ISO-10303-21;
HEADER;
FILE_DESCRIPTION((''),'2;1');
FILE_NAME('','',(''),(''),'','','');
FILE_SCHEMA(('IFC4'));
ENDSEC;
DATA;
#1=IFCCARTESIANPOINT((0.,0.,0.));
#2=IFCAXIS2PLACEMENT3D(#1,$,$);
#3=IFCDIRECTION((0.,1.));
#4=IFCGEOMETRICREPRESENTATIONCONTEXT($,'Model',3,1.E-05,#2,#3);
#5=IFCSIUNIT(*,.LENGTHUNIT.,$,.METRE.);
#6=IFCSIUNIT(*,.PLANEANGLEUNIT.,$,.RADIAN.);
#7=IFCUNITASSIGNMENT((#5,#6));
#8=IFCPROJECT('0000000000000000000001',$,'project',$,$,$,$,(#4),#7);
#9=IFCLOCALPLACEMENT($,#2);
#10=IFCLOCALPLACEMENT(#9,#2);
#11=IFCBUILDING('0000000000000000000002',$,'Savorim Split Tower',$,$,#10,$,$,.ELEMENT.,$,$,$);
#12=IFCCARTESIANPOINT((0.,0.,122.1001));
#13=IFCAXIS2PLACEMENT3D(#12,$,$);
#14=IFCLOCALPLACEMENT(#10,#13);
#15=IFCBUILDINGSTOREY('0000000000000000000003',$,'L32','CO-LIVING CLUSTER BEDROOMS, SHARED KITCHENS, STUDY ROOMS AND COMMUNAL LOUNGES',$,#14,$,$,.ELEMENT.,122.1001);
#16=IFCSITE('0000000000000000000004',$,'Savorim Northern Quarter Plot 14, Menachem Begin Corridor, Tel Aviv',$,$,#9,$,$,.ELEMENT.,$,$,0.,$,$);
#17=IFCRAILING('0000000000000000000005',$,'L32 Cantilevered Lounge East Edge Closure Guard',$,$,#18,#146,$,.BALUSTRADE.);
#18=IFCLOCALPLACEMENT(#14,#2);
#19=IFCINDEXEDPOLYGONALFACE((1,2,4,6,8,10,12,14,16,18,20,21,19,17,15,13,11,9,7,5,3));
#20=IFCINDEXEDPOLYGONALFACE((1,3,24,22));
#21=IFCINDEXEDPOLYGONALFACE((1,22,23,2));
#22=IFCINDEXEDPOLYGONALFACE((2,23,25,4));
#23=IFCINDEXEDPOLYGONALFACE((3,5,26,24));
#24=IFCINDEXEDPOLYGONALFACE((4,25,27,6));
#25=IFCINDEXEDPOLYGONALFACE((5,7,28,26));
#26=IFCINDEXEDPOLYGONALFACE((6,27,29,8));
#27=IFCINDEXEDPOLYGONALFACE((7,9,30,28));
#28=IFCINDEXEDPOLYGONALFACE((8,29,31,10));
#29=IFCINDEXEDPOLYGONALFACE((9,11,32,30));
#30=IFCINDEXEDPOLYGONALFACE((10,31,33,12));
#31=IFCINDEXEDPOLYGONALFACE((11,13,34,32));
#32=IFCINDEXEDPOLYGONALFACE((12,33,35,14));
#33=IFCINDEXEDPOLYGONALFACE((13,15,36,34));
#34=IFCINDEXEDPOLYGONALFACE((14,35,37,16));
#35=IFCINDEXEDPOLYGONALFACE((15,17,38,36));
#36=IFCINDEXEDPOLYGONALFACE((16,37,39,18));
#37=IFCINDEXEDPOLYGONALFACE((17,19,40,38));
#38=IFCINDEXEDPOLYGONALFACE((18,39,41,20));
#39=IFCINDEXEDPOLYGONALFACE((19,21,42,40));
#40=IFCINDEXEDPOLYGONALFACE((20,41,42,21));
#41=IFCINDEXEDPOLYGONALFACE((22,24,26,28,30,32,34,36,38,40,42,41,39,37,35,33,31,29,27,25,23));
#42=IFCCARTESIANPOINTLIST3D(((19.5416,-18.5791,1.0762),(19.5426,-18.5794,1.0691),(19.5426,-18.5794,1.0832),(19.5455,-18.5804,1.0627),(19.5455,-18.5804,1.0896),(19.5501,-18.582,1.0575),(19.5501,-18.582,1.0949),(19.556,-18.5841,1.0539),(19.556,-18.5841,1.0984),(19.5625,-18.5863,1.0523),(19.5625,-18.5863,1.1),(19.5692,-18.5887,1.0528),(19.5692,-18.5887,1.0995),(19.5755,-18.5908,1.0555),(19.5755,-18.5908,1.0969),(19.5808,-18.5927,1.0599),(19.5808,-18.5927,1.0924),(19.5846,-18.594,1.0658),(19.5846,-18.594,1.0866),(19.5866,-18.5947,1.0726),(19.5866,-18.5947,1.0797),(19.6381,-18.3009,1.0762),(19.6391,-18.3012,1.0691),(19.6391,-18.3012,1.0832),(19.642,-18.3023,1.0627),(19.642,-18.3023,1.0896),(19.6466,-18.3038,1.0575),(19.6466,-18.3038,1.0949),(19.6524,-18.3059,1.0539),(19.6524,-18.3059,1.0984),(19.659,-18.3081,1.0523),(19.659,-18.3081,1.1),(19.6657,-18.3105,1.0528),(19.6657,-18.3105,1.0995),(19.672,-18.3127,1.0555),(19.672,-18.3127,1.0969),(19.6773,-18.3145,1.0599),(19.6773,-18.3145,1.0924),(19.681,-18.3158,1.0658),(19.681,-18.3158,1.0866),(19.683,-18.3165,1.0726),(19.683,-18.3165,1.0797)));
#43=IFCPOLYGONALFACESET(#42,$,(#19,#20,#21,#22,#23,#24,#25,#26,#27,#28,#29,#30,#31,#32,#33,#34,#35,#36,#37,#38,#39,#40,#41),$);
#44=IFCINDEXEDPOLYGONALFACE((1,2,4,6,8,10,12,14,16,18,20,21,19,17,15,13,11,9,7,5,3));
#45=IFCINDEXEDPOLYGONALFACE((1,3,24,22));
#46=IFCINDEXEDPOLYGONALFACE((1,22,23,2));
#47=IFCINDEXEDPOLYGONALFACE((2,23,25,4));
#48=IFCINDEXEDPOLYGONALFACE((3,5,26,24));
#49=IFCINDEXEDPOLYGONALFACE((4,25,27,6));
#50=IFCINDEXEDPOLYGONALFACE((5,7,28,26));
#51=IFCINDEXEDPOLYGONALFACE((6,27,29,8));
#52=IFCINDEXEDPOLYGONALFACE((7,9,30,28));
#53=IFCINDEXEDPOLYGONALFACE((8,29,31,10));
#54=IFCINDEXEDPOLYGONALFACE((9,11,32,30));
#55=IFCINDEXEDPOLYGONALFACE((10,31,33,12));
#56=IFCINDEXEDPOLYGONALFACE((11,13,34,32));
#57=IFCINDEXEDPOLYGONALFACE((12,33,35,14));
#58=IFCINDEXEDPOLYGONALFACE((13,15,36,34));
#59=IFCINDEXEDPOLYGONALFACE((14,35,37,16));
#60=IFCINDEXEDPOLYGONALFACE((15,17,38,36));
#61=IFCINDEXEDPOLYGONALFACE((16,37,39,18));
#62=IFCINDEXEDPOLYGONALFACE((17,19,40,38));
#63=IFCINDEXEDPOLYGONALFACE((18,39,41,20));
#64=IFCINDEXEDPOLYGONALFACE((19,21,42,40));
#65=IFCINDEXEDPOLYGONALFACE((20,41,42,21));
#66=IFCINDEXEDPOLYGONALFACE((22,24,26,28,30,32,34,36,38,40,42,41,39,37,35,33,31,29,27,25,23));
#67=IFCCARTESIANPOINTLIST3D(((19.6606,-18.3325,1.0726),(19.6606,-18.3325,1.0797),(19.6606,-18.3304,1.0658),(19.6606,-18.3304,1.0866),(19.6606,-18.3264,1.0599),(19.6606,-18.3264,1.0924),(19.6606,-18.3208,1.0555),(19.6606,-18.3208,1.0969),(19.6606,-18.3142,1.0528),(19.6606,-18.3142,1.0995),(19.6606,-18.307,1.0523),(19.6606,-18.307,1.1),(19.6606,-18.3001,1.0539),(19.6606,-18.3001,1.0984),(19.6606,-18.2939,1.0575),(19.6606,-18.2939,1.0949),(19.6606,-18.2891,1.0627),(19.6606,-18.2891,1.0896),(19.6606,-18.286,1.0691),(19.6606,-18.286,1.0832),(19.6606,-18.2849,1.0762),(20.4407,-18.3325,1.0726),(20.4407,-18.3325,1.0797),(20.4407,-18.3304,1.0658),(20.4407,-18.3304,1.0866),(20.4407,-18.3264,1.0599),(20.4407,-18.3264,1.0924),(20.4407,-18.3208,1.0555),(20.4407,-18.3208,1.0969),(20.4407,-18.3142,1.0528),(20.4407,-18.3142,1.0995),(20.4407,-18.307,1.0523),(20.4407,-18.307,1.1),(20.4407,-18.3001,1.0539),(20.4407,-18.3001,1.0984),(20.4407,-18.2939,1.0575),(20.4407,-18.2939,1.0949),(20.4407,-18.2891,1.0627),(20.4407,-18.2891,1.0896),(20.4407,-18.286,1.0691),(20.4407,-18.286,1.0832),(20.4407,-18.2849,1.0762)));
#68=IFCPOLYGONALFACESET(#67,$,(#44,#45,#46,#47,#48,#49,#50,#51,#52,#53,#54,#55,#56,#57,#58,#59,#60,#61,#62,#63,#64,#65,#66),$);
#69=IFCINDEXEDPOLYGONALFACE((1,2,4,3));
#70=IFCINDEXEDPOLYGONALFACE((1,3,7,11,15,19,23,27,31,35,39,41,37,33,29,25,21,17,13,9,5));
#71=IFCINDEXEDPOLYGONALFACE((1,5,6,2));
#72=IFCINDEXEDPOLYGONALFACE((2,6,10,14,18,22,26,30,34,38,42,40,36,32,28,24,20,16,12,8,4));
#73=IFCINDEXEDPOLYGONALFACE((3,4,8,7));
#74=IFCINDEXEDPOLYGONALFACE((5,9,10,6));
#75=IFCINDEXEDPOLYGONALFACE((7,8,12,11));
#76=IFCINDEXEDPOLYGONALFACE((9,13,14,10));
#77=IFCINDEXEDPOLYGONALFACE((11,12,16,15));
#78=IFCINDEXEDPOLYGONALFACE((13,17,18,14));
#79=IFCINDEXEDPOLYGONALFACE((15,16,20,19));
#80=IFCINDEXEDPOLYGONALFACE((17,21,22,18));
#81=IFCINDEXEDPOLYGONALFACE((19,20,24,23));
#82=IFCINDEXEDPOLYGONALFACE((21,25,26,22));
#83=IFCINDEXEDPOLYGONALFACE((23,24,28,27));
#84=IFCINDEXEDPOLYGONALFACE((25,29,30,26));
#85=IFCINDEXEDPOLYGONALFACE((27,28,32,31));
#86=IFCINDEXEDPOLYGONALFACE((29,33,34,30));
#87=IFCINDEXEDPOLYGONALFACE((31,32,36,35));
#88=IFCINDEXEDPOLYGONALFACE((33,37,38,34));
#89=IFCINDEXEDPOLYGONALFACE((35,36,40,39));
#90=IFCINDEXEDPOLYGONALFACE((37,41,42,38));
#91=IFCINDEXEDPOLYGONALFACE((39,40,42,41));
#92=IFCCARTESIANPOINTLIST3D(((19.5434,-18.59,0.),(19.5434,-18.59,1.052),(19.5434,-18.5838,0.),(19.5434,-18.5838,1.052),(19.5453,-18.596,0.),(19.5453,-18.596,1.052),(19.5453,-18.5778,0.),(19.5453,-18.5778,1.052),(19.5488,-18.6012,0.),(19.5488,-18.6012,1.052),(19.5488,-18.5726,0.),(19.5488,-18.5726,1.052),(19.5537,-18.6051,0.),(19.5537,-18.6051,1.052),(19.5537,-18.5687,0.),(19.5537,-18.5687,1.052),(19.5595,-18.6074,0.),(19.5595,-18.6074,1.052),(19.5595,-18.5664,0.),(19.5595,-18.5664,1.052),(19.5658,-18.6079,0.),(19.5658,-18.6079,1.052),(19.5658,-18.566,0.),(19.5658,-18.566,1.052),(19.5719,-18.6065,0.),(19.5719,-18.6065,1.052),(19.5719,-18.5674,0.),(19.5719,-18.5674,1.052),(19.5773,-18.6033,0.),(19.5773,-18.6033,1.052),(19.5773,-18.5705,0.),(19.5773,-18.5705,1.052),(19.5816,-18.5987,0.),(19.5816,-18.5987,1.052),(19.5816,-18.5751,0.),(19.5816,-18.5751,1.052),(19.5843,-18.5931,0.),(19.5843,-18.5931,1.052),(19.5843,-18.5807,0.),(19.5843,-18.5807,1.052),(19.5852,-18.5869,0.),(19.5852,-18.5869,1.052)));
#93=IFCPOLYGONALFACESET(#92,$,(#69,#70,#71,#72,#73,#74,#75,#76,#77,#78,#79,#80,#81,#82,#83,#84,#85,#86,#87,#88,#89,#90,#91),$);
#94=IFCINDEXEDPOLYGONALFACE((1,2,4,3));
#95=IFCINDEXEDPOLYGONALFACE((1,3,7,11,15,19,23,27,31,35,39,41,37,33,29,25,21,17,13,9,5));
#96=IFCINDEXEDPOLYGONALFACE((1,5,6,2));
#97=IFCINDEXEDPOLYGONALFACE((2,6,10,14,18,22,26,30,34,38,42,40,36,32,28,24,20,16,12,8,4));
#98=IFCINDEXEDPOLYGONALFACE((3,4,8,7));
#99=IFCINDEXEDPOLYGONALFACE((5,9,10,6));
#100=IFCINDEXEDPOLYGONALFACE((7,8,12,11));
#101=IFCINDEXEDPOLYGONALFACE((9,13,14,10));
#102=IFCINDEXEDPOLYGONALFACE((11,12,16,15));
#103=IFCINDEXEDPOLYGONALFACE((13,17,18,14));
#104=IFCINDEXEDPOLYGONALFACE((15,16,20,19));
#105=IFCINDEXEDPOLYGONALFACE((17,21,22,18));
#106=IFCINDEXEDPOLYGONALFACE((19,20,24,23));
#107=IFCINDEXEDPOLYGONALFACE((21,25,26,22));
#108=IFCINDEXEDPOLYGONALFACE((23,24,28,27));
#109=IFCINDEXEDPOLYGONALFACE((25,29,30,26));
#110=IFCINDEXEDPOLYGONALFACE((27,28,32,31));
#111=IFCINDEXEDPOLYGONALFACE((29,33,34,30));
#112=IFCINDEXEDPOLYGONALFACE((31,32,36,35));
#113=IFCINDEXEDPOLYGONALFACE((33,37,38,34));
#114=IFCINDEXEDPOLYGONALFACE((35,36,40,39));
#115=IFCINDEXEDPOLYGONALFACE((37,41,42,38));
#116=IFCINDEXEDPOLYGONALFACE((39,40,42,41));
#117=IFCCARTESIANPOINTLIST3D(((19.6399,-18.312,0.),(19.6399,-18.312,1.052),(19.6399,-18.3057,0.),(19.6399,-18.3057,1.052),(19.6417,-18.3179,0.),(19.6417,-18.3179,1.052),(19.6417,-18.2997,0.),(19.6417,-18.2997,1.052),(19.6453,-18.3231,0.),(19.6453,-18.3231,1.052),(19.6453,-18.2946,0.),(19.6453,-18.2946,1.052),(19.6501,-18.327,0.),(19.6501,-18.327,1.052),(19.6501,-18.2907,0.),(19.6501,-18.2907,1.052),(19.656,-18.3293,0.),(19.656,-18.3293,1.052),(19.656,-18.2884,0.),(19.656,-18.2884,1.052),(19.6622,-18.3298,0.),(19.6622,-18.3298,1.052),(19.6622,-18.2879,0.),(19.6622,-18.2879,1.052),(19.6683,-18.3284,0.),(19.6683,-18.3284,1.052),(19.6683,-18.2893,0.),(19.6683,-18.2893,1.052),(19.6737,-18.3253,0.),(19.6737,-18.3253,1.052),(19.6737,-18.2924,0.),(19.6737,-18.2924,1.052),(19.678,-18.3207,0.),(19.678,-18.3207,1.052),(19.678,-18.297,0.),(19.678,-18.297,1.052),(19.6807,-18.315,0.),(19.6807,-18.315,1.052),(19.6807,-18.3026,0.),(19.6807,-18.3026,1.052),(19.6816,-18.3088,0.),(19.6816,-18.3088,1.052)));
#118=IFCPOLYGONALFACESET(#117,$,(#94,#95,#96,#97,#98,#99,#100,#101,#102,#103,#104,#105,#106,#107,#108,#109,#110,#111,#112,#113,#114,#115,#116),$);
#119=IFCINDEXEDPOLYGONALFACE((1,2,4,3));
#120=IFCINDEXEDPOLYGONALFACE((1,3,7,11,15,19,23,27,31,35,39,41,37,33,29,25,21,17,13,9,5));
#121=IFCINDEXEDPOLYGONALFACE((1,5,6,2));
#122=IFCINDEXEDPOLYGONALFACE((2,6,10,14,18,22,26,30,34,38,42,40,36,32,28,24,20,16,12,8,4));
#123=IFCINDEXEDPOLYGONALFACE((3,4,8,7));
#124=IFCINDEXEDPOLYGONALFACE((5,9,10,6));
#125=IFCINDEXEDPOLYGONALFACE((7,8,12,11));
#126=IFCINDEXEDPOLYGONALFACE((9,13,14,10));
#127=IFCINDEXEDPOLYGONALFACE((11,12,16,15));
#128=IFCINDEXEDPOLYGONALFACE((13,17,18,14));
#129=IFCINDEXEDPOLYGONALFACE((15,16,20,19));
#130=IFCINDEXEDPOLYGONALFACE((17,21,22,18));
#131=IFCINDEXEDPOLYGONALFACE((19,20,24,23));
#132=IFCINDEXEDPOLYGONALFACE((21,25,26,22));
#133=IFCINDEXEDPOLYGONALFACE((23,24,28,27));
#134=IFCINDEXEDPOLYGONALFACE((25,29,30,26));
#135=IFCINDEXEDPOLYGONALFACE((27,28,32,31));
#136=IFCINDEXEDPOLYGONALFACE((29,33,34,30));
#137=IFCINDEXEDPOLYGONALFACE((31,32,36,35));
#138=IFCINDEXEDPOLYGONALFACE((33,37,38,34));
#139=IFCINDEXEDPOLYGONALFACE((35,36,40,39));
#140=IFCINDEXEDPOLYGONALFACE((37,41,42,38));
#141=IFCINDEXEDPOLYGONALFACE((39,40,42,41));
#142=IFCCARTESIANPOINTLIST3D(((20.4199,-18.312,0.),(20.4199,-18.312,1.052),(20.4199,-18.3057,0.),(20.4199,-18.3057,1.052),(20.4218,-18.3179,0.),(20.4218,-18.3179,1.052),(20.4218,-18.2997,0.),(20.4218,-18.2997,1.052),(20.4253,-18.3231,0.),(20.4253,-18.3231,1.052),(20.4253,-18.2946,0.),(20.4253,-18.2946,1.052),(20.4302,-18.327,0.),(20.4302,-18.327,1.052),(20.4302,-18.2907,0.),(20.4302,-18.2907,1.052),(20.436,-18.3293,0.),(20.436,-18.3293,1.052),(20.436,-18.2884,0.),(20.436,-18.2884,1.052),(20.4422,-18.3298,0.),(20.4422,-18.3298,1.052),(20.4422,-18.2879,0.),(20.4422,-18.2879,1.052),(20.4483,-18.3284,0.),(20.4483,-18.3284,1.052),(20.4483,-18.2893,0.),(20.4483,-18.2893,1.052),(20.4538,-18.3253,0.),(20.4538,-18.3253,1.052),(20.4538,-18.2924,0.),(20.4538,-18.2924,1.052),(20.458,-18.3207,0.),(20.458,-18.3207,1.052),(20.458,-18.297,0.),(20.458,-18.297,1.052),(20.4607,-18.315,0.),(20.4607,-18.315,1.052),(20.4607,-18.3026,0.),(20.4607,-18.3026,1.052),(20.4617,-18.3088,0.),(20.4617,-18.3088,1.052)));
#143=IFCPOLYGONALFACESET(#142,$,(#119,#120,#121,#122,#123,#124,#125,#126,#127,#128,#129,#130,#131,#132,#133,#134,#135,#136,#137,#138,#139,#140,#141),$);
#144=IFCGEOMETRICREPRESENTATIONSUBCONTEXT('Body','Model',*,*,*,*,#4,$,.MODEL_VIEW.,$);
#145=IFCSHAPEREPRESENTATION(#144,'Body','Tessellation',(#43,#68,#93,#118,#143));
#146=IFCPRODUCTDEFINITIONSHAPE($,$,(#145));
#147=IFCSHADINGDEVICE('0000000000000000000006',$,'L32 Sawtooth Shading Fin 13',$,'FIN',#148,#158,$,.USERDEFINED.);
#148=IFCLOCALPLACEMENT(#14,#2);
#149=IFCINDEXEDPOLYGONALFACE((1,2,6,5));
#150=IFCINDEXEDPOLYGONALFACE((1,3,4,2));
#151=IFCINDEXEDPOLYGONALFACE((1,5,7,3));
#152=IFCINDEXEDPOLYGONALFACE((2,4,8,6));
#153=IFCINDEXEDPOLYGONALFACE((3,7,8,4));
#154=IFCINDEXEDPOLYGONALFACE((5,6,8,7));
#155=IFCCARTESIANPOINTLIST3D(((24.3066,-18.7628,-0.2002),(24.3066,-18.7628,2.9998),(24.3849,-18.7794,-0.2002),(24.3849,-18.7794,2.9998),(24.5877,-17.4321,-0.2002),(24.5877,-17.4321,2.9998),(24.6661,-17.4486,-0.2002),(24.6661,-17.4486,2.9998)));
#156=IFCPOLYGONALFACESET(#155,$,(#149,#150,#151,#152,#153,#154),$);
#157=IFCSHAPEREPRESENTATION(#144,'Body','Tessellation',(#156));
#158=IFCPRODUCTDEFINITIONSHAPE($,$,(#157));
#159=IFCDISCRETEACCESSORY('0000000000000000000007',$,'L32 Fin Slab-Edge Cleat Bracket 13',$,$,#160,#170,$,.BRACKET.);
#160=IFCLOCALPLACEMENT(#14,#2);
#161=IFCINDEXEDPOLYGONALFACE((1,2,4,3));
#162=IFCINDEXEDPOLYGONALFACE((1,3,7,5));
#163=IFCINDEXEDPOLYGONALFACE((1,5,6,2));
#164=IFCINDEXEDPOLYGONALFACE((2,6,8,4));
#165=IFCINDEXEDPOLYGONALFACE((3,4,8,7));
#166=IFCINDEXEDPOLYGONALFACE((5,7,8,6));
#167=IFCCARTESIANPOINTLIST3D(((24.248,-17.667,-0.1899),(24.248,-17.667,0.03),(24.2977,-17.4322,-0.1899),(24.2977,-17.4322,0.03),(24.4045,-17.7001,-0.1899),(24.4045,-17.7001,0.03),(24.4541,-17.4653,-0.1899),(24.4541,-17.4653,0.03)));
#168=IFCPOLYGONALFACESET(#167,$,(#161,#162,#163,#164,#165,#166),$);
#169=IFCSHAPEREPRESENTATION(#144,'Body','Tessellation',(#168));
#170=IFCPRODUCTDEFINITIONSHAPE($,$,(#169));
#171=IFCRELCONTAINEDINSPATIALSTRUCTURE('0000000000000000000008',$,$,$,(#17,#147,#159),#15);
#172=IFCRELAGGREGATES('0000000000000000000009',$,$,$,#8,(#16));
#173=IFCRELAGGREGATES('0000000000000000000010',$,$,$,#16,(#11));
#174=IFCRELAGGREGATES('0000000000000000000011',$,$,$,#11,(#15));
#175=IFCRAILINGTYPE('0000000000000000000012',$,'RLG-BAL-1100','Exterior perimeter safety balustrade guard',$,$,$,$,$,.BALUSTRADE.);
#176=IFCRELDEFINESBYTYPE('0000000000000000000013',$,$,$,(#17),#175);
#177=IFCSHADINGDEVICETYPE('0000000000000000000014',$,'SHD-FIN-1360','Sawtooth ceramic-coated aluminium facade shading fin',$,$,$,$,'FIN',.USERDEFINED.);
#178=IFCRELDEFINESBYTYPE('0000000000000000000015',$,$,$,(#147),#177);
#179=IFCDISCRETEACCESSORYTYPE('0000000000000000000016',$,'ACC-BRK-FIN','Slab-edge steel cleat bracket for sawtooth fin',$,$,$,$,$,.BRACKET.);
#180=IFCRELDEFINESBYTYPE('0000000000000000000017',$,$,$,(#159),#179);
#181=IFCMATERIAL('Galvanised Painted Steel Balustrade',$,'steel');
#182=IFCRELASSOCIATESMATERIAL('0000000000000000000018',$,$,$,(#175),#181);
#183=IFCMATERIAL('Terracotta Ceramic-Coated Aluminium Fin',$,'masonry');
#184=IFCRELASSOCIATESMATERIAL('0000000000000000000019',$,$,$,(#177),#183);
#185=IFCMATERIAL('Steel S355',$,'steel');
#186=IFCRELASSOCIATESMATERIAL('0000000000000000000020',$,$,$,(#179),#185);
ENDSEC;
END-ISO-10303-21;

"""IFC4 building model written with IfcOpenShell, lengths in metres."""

from ifc_helpers import new_model, si_unit, direction, frame, origin, origin_2d, place, context, subcontext, project, spatial, rectangle, circle, extrude, material, type_object, element, save


model = new_model("IFC4")

# Units and contexts
model_context = context("Model", 3, precision=1e-05, world=origin(), true_north=direction((0.0, 1.0)))
body_context = subcontext(model_context, "Body", "Model", "MODEL_VIEW")
ifc_project = project(units=[si_unit("LENGTHUNIT", "METRE"), si_unit("PLANEANGLEUNIT", "RADIAN")], contexts=[model_context])

# Site, building, storey
site_placement = place(None, origin())
site = spatial("IfcSite", under=ifc_project, at=site_placement, Name="Savorim Northern Quarter Plot 14, Menachem Begin Corridor, Tel Aviv", CompositionType="ELEMENT", RefElevation=0.0)
building_placement = place(site_placement, origin())
building = spatial("IfcBuilding", under=site, at=building_placement, Name="Savorim Split Tower", CompositionType="ELEMENT")
storey_placement = place(building_placement, frame((0.0, 0.0, 122.1001)))
storey = spatial("IfcBuildingStorey", under=building, at=storey_placement, Name="L32", Description="CO-LIVING CLUSTER BEDROOMS, SHARED KITCHENS, STUDY ROOMS AND COMMUNAL LOUNGES", CompositionType="ELEMENT", Elevation=122.1001)

# Railing
ifc_material_1 = material(Name="Galvanised Painted Steel Balustrade", Category="steel")
railing_type = type_object("IfcRailingType", Name="RLG-BAL-1100", Description="Exterior perimeter safety balustrade guard", PredefinedType="BALUSTRADE", material=ifc_material_1)
railing_placement = place(storey_placement, frame((19.5642, -18.5869, 0.0)))
element("IfcRailing", 1, at=railing_placement, inside=storey, type_object=railing_type, Name="L32 Cantilevered Lounge East Edge Closure Guard", PredefinedType="BALUSTRADE", context=body_context, shape_type="SweptSolid", body=[
    extrude(circle(Radius=0.0239, at=origin_2d()), frame((0.0, 0.0, 1.0762), z_axis=(0.327652, 0.944799, 0.0), x_axis=(-0.944799, 0.327652, 0.0)), (0.0, 0.0, 1.0), 0.2944),
    extrude(circle(Radius=0.0239, at=origin_2d()), frame((0.0964, 0.2781, 1.0762), z_axis=(1.0, 0.0, 0.0), x_axis=(0.0, 1.0, 0.0)), (0.0, 0.0, 1.0), 0.78),
    extrude(circle(Radius=0.021, at=origin_2d()), origin(), (0.0, 0.0, 1.0), 1.052),
    extrude(circle(Radius=0.021, at=origin_2d()), frame((0.0964, 0.2781, 0.0)), (0.0, 0.0, 1.0), 1.052),
    extrude(circle(Radius=0.021, at=origin_2d()), frame((0.8765, 0.2781, 0.0)), (0.0, 0.0, 1.0), 1.052),
])

# Shading device
ifc_material_2 = material(Name="Terracotta Ceramic-Coated Aluminium Fin", Category="masonry")
shading_device_type = type_object("IfcShadingDeviceType", Name="SHD-FIN-1360", Description="Sawtooth ceramic-coated aluminium facade shading fin", ElementType="FIN", PredefinedType="USERDEFINED", material=ifc_material_2)
shading_device_placement = place(storey_placement, frame((24.4863, -18.1057, -0.2002), z_axis=(0.0, 0.0, 1.0), x_axis=(-0.206722, -0.9784, 0.0)))
element("IfcShadingDevice", 2, at=shading_device_placement, inside=storey, type_object=shading_device_type, Name="L32 Sawtooth Shading Fin 13", ObjectType="FIN", PredefinedType="USERDEFINED", context=body_context, shape_type="SweptSolid", body=[
    extrude(rectangle(XDim=1.3601, YDim=0.0801, at=origin_2d()), origin(), (0.0, 0.0, 1.0), 3.2),
])

# Discrete accessory
ifc_material_3 = material(Name="Steel S355", Category="steel")
discrete_accessory_type = type_object("IfcDiscreteAccessoryType", Name="ACC-BRK-FIN", Description="Slab-edge steel cleat bracket for sawtooth fin", PredefinedType="BRACKET", material=ifc_material_3)
discrete_accessory_placement = place(storey_placement, frame((24.3511, -17.5662, -0.1899), z_axis=(0.0, 0.0, 1.0), x_axis=(-0.206722, -0.9784, 0.0)))
element("IfcDiscreteAccessory", 3, at=discrete_accessory_placement, inside=storey, type_object=discrete_accessory_type, Name="L32 Fin Slab-Edge Cleat Bracket 13", PredefinedType="BRACKET", context=body_context, shape_type="SweptSolid", body=[
    extrude(rectangle(XDim=0.24, YDim=0.1599, at=origin_2d()), origin(), (0.0, 0.0, 1.0), 0.22),
])

save(model, "model.ifc")
